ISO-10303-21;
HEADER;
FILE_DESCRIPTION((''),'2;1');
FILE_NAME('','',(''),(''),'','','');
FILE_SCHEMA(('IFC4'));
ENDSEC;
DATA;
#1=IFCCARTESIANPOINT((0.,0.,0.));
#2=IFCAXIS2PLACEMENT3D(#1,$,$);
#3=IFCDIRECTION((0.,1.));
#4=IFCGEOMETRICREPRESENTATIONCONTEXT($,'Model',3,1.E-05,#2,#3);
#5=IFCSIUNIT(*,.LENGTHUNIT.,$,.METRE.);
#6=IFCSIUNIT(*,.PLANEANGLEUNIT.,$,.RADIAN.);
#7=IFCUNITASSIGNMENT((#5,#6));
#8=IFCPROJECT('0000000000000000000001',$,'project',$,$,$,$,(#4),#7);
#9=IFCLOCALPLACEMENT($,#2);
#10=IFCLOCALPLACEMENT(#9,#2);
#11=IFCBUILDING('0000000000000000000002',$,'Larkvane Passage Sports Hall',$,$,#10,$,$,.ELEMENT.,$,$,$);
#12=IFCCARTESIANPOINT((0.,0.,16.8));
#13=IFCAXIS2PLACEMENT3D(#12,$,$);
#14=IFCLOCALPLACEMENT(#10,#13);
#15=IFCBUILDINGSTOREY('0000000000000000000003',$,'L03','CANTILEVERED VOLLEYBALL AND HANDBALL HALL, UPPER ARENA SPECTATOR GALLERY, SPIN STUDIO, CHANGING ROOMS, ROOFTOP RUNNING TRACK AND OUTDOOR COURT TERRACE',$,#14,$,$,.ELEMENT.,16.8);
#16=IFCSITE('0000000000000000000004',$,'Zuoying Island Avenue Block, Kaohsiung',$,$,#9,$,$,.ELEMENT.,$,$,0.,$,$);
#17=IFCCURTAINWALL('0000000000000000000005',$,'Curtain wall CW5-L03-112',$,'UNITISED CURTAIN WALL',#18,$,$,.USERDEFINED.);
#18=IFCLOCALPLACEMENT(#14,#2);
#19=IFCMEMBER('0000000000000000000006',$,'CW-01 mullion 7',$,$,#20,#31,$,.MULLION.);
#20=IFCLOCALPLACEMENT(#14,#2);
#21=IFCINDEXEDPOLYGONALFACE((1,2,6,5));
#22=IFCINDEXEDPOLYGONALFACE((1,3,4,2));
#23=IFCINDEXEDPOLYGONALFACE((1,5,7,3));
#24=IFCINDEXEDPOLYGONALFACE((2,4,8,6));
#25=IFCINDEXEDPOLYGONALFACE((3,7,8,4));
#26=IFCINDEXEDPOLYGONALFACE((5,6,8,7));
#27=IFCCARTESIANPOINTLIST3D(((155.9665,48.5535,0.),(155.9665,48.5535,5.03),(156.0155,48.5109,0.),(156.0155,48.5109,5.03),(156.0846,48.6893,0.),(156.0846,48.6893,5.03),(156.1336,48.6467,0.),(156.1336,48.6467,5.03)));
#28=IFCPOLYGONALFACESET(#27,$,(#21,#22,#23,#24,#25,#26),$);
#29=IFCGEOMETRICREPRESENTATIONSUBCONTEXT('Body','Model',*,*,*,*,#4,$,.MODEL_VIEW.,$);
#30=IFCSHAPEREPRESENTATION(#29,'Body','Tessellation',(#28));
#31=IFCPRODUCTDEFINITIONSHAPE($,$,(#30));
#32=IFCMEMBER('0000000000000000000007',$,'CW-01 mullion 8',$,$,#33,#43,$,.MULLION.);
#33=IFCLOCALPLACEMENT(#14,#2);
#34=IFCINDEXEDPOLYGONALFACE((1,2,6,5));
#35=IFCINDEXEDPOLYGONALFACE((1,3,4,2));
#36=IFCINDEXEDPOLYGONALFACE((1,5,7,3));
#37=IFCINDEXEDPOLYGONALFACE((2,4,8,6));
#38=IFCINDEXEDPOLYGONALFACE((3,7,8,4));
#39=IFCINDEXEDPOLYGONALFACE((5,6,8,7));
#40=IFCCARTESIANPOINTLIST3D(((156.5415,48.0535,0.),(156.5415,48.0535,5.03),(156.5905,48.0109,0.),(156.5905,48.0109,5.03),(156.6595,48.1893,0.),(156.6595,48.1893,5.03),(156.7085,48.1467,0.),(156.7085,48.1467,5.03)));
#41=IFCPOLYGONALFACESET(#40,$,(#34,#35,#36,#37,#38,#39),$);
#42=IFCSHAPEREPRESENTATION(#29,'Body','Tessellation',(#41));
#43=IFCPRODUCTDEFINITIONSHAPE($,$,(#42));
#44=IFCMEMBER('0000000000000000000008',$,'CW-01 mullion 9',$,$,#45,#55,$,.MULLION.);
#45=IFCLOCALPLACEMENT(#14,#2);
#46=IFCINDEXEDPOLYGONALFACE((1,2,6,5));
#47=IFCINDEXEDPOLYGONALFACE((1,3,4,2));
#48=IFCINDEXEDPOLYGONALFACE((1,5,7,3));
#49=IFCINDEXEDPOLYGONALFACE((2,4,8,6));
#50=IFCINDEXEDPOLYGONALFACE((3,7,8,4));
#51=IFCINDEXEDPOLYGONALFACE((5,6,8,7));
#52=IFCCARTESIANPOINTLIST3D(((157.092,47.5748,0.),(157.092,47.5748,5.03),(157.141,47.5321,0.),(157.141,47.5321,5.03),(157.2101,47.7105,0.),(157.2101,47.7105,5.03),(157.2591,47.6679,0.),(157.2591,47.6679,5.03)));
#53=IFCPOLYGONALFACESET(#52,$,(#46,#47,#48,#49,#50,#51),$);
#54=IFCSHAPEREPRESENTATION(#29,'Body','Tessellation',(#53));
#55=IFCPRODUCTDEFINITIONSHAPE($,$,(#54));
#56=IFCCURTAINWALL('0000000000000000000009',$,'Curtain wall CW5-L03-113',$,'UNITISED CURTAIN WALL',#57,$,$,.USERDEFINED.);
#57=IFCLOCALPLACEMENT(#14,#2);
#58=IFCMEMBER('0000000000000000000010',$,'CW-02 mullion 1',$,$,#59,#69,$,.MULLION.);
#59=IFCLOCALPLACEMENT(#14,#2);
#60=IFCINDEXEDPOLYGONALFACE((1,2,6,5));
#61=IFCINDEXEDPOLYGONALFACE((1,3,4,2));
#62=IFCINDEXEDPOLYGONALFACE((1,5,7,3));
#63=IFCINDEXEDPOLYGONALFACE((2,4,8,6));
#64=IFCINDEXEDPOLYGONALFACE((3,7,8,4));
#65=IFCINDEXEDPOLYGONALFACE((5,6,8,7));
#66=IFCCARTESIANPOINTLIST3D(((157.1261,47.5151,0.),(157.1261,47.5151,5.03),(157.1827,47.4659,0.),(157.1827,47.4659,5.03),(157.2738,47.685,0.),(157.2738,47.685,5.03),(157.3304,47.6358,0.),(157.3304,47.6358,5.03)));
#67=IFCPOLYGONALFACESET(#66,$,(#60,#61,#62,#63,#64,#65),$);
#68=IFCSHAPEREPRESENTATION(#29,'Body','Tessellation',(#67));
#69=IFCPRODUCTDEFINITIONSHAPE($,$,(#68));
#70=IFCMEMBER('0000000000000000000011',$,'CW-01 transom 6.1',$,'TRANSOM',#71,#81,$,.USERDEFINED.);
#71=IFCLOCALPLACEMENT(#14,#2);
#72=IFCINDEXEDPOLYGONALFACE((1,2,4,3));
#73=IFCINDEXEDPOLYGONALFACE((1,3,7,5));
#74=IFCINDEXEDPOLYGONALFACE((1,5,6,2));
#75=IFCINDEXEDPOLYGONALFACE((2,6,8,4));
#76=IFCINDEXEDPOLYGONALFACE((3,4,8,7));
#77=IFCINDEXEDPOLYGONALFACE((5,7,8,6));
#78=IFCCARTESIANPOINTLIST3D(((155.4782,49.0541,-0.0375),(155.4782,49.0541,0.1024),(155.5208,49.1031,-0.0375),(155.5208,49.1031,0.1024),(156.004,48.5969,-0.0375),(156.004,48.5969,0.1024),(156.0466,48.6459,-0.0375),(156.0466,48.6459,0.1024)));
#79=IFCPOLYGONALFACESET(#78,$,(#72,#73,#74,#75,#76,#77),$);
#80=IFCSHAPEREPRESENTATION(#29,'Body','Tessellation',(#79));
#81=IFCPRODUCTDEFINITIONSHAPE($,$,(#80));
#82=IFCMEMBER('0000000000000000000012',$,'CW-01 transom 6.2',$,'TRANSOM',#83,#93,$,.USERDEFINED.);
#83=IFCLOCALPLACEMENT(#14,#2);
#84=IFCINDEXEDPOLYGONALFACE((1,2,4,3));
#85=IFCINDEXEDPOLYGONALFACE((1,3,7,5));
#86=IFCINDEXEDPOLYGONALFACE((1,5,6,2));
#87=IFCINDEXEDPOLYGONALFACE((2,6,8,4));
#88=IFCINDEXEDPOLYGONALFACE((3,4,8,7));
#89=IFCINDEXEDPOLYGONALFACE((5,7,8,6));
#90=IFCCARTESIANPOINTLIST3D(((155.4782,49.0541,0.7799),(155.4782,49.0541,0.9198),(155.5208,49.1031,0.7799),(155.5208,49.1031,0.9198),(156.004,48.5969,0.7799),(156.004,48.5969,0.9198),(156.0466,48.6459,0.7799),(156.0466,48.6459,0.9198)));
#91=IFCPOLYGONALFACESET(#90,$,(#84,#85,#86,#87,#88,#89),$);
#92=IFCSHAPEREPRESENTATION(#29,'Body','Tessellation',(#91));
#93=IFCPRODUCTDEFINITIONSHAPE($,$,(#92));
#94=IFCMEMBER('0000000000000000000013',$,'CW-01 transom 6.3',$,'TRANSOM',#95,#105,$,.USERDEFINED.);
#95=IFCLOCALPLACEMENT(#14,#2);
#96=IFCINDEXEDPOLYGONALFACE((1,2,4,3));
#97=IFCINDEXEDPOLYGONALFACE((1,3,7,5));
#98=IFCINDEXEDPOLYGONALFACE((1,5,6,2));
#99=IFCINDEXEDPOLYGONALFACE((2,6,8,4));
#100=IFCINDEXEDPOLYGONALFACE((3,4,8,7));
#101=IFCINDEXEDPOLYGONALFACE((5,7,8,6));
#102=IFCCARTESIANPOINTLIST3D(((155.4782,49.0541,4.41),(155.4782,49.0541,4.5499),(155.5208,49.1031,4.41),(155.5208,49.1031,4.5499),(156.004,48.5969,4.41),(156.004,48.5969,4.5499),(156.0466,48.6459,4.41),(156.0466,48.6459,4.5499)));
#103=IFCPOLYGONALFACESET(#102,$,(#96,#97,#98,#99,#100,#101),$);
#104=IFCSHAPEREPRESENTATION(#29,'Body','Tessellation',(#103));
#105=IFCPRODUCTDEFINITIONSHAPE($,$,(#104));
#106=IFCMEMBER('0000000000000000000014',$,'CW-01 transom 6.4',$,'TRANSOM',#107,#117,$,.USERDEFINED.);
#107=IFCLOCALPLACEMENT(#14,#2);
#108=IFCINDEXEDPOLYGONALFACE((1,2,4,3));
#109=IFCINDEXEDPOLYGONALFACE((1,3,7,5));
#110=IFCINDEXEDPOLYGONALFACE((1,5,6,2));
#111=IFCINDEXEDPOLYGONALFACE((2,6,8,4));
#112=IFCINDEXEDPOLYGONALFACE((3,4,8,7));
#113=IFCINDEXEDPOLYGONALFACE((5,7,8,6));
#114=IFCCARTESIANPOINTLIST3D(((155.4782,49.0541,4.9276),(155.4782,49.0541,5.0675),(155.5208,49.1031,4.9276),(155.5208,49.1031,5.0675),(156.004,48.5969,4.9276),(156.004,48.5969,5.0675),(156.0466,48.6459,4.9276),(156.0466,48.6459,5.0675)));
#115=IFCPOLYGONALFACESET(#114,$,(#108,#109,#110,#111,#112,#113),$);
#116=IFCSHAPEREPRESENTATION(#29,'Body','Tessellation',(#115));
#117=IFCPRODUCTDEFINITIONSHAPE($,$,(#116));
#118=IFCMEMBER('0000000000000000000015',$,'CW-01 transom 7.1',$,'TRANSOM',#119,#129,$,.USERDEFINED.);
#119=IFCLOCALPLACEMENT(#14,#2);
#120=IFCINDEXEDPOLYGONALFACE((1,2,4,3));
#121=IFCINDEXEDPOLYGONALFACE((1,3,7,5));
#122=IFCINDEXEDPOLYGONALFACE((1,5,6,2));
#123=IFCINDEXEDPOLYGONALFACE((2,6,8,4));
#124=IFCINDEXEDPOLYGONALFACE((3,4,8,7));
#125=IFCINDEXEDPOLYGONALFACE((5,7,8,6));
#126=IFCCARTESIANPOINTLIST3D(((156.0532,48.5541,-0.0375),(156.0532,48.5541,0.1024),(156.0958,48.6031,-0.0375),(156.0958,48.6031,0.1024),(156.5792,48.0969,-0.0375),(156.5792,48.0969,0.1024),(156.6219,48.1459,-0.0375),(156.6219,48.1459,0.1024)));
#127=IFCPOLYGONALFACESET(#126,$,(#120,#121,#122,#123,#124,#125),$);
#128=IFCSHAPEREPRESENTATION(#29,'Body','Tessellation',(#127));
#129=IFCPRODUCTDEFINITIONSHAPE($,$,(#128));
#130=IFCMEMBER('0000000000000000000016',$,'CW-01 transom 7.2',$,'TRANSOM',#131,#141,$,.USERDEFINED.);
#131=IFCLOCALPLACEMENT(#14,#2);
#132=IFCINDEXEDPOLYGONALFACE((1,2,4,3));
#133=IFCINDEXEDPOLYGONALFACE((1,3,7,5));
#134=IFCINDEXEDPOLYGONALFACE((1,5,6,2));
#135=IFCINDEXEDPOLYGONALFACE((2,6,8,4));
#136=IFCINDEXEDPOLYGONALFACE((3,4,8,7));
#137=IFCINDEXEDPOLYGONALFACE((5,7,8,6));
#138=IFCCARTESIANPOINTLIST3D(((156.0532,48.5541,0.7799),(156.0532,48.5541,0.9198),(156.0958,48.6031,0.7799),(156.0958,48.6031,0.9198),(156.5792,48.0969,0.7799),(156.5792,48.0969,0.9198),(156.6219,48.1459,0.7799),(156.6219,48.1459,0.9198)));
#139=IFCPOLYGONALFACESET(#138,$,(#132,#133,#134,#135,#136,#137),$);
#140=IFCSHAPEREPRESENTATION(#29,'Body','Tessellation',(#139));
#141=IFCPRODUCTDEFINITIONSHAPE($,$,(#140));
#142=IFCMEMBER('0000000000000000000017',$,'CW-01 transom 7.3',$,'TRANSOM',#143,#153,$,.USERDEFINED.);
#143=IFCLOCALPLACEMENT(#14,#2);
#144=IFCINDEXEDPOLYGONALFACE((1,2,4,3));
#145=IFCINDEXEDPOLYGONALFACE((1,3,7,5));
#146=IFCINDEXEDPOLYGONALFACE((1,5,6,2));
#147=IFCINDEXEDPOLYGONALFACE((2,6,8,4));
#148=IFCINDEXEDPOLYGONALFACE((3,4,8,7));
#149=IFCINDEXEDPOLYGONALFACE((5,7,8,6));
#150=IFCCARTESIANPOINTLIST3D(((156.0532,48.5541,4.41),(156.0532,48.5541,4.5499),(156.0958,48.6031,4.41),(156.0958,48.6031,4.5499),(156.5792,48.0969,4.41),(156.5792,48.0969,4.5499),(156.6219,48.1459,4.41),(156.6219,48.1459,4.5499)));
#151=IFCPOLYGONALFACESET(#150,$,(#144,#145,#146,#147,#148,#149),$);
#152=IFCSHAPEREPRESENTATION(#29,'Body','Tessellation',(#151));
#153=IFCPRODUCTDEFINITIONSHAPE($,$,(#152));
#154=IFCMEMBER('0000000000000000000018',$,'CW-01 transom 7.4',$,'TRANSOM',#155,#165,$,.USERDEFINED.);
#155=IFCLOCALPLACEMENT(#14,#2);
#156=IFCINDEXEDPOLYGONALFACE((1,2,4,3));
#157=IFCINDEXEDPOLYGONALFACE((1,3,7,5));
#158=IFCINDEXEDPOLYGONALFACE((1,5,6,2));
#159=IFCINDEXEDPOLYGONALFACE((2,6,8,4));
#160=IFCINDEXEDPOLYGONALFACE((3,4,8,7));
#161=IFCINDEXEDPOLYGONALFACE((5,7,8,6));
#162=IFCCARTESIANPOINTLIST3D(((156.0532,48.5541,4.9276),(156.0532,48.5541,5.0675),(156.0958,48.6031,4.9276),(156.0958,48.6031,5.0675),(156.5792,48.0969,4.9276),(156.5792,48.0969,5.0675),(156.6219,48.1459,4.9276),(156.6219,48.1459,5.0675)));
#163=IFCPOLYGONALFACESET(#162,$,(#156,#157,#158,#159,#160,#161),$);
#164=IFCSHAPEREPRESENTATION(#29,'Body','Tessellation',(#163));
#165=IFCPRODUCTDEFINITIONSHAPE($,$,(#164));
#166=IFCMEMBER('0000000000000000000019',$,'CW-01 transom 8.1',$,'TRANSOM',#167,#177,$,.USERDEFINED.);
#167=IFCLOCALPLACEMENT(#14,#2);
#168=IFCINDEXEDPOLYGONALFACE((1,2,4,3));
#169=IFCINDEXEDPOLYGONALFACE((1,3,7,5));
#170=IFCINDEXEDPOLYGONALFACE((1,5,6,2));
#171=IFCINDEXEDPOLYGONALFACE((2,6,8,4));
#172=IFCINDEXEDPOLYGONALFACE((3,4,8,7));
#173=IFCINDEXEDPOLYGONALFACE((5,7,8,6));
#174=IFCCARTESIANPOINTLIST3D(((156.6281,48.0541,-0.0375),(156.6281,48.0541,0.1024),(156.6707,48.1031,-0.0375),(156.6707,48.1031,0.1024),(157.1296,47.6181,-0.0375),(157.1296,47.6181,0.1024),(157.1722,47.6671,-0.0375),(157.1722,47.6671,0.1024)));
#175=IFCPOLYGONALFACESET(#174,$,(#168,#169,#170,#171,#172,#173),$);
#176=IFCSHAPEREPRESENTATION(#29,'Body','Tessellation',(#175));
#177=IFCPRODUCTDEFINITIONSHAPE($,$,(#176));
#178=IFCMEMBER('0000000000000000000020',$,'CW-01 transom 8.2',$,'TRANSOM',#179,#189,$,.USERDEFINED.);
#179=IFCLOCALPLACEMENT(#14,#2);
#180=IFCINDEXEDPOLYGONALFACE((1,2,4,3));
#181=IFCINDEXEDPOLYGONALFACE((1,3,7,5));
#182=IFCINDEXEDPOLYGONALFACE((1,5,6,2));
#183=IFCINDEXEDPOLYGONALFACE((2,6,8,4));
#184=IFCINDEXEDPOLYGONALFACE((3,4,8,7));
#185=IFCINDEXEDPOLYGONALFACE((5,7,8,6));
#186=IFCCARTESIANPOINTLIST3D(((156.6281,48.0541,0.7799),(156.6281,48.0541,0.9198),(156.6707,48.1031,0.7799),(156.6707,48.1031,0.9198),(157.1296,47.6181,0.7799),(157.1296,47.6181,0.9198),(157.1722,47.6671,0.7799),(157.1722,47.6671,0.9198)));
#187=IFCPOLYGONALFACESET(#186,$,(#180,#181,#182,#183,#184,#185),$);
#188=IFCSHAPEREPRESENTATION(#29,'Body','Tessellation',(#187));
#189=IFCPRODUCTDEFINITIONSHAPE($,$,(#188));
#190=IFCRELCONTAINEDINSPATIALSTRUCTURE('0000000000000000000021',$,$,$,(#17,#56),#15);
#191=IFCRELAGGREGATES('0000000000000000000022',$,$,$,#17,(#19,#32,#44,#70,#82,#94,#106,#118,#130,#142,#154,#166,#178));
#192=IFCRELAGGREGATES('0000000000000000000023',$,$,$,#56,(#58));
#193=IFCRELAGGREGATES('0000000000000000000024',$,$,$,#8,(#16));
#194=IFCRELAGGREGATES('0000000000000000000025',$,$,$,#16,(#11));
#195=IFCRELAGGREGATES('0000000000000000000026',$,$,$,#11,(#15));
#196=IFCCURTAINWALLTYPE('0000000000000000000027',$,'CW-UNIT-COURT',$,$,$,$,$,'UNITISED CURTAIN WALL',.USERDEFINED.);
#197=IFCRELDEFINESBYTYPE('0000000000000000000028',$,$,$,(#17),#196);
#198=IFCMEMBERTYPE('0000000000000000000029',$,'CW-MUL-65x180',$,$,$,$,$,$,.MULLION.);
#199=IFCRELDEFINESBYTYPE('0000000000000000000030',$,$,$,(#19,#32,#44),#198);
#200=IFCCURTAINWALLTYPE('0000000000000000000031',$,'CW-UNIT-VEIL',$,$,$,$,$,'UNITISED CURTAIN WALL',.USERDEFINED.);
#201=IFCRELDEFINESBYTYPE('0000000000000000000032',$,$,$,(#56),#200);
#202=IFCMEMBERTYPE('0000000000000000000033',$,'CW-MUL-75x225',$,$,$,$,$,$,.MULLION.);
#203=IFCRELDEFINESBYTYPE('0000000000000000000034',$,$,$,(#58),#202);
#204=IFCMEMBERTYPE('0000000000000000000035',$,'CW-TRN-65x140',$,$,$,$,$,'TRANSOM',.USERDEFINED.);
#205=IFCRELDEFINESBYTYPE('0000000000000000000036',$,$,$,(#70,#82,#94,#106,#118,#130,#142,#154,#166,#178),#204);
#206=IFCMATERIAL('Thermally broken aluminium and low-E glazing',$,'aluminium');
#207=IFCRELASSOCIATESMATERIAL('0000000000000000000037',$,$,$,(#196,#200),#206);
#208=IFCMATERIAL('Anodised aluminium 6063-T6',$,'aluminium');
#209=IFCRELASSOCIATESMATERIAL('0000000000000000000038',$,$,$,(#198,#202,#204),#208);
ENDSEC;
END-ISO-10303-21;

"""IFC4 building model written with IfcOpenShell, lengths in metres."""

from ifc_helpers import new_model, si_unit, direction, frame, origin, origin_2d, place, context, subcontext, project, spatial, rectangle, extrude, material, material_profile, profile_set, type_object, element, aggregate, save


model = new_model("IFC4")

# Units and contexts
model_context = context("Model", 3, precision=1e-05, world=origin(), true_north=direction((0.0, 1.0)))
body_context = subcontext(model_context, "Body", "Model", "MODEL_VIEW")
ifc_project = project(units=[si_unit("LENGTHUNIT", "METRE"), si_unit("PLANEANGLEUNIT", "RADIAN")], contexts=[model_context])

# Site, building, storey
site_placement = place(None, origin())
site = spatial("IfcSite", under=ifc_project, at=site_placement, Name="Zuoying Island Avenue Block, Kaohsiung", CompositionType="ELEMENT", RefElevation=0.0)
building_placement = place(site_placement, origin())
building = spatial("IfcBuilding", under=site, at=building_placement, Name="Larkvane Passage Sports Hall", CompositionType="ELEMENT")
storey_placement = place(building_placement, frame((0.0, 0.0, 16.8)))
storey = spatial("IfcBuildingStorey", under=building, at=storey_placement, Name="L03", Description="CANTILEVERED VOLLEYBALL AND HANDBALL HALL, UPPER ARENA SPECTATOR GALLERY, SPIN STUDIO, CHANGING ROOMS, ROOFTOP RUNNING TRACK AND OUTDOOR COURT TERRACE", CompositionType="ELEMENT", Elevation=16.8)

# Curtain wall, members
ifc_material_1 = material(Name="Thermally broken aluminium and low-E glazing", Category="aluminium")
curtain_wall_type_1 = type_object("IfcCurtainWallType", Name="CW-UNIT-COURT", ElementType="UNITISED CURTAIN WALL", PredefinedType="USERDEFINED", material=ifc_material_1)
curtain_wall_1_placement = place(storey_placement, origin())
curtain_wall_1 = element("IfcCurtainWall", 1, at=curtain_wall_1_placement, inside=storey, type_object=curtain_wall_type_1, Name="Curtain wall CW5-L03-112", ObjectType="UNITISED CURTAIN WALL", PredefinedType="USERDEFINED")
ifc_material_2 = material(Name="Anodised aluminium 6063-T6", Category="aluminium")
ifc_material_profile_1 = material_profile(ifc_material_2, rectangle(XDim=0.0649, YDim=0.1799, at=origin_2d()), Name="ALU-MUL-65x180")
ifc_profile_set_1 = profile_set([ifc_material_profile_1], Name="Anodised aluminium 6063-T6")
member_type_1 = type_object("IfcMemberType", Name="CW-MUL-65x180", PredefinedType="MULLION", material=ifc_profile_set_1)
member_1_placement = place(storey_placement, frame((156.05, 48.6001, 0.0), z_axis=(0.0, 0.0, 1.0), x_axis=(0.754606, -0.656179, 0.0)))
member_1 = element("IfcMember", 2, at=member_1_placement, type_object=member_type_1, Name="CW-01 mullion 7", PredefinedType="MULLION", context=body_context, shape_type="SweptSolid", body=[
    extrude(rectangle(XDim=0.0649, YDim=0.1799, at=origin_2d()), origin(), (0.0, 0.0, 1.0), 5.03),
])
member_2_placement = place(storey_placement, frame((156.625, 48.1001, 0.0), z_axis=(0.0, 0.0, 1.0), x_axis=(0.754606, -0.656179, 0.0)))
member_2 = element("IfcMember", 3, at=member_2_placement, type_object=member_type_1, Name="CW-01 mullion 8", PredefinedType="MULLION", context=body_context, shape_type="SweptSolid", body=[
    extrude(rectangle(XDim=0.0649, YDim=0.1799, at=origin_2d()), origin(), (0.0, 0.0, 1.0), 5.03),
])
member_3_placement = place(storey_placement, frame((157.1755, 47.6213, 0.0), z_axis=(0.0, 0.0, 1.0), x_axis=(0.754606, -0.656179, 0.0)))
member_3 = element("IfcMember", 4, at=member_3_placement, type_object=member_type_1, Name="CW-01 mullion 9", PredefinedType="MULLION", context=body_context, shape_type="SweptSolid", body=[
    extrude(rectangle(XDim=0.0649, YDim=0.1799, at=origin_2d()), origin(), (0.0, 0.0, 1.0), 5.03),
])

# Curtain wall, member
curtain_wall_type_2 = type_object("IfcCurtainWallType", Name="CW-UNIT-VEIL", ElementType="UNITISED CURTAIN WALL", PredefinedType="USERDEFINED", material=ifc_material_1)
curtain_wall_2_placement = place(storey_placement, origin())
curtain_wall_2 = element("IfcCurtainWall", 5, at=curtain_wall_2_placement, inside=storey, type_object=curtain_wall_type_2, Name="Curtain wall CW5-L03-113", ObjectType="UNITISED CURTAIN WALL", PredefinedType="USERDEFINED")
ifc_material_profile_2 = material_profile(ifc_material_2, rectangle(XDim=0.075, YDim=0.2251, at=origin_2d()), Name="ALU-MUL-75x225")
ifc_profile_set_2 = profile_set([ifc_material_profile_2], Name="Anodised aluminium 6063-T6")
member_type_2 = type_object("IfcMemberType", Name="CW-MUL-75x225", PredefinedType="MULLION", material=ifc_profile_set_2)
member_4_placement = place(storey_placement, frame((157.2283, 47.5754, 0.0), z_axis=(0.0, 0.0, 1.0), x_axis=(0.754606, -0.656179, 0.0)))
member_4 = element("IfcMember", 6, at=member_4_placement, type_object=member_type_2, Name="CW-02 mullion 1", PredefinedType="MULLION", context=body_context, shape_type="SweptSolid", body=[
    extrude(rectangle(XDim=0.075, YDim=0.2251, at=origin_2d()), origin(), (0.0, 0.0, 1.0), 5.03),
])

# Members
ifc_material_profile_3 = material_profile(ifc_material_2, rectangle(XDim=0.0649, YDim=0.1399, at=origin_2d()), Name="ALU-TRN-65x140")
ifc_profile_set_3 = profile_set([ifc_material_profile_3], Name="Anodised aluminium 6063-T6")
member_type_3 = type_object("IfcMemberType", Name="CW-TRN-65x140", ElementType="TRANSOM", PredefinedType="USERDEFINED", material=ifc_profile_set_3)
member_5_placement = place(storey_placement, frame((155.4995, 49.0786, 0.0325), z_axis=(0.754613, -0.65617, 0.0), x_axis=(0.65617, 0.754613, 0.0)))
member_5 = element("IfcMember", 7, at=member_5_placement, type_object=member_type_3, Name="CW-01 transom 6.1", ObjectType="TRANSOM", PredefinedType="USERDEFINED", context=body_context, shape_type="SweptSolid", body=[
    extrude(rectangle(XDim=0.0649, YDim=0.1399, at=origin_2d()), origin(), (0.0, 0.0, 1.0), 0.6968),
])
member_6_placement = place(storey_placement, frame((155.4995, 49.0786, 0.8499), z_axis=(0.754613, -0.65617, 0.0), x_axis=(0.65617, 0.754613, 0.0)))
member_6 = element("IfcMember", 8, at=member_6_placement, type_object=member_type_3, Name="CW-01 transom 6.2", ObjectType="TRANSOM", PredefinedType="USERDEFINED", context=body_context, shape_type="SweptSolid", body=[
    extrude(rectangle(XDim=0.0649, YDim=0.1399, at=origin_2d()), origin(), (0.0, 0.0, 1.0), 0.6968),
])
member_7_placement = place(storey_placement, frame((155.4995, 49.0786, 4.48), z_axis=(0.754613, -0.65617, 0.0), x_axis=(0.65617, 0.754613, 0.0)))
member_7 = element("IfcMember", 9, at=member_7_placement, type_object=member_type_3, Name="CW-01 transom 6.3", ObjectType="TRANSOM", PredefinedType="USERDEFINED", context=body_context, shape_type="SweptSolid", body=[
    extrude(rectangle(XDim=0.0649, YDim=0.1399, at=origin_2d()), origin(), (0.0, 0.0, 1.0), 0.6968),
])
member_8_placement = place(storey_placement, frame((155.4995, 49.0786, 4.9976), z_axis=(0.754613, -0.65617, 0.0), x_axis=(0.65617, 0.754613, 0.0)))
member_8 = element("IfcMember", 10, at=member_8_placement, type_object=member_type_3, Name="CW-01 transom 6.4", ObjectType="TRANSOM", PredefinedType="USERDEFINED", context=body_context, shape_type="SweptSolid", body=[
    extrude(rectangle(XDim=0.0649, YDim=0.1399, at=origin_2d()), origin(), (0.0, 0.0, 1.0), 0.6968),
])
member_9_placement = place(storey_placement, frame((156.0745, 48.5786, 0.0325), z_axis=(0.754764, -0.655997, 0.0), x_axis=(0.655997, 0.754764, 0.0)))
member_9 = element("IfcMember", 11, at=member_9_placement, type_object=member_type_3, Name="CW-01 transom 7.1", ObjectType="TRANSOM", PredefinedType="USERDEFINED", context=body_context, shape_type="SweptSolid", body=[
    extrude(rectangle(XDim=0.0649, YDim=0.1399, at=origin_2d()), origin(), (0.0, 0.0, 1.0), 0.697),
])
member_10_placement = place(storey_placement, frame((156.0745, 48.5786, 0.8499), z_axis=(0.754764, -0.655997, 0.0), x_axis=(0.655997, 0.754764, 0.0)))
member_10 = element("IfcMember", 12, at=member_10_placement, type_object=member_type_3, Name="CW-01 transom 7.2", ObjectType="TRANSOM", PredefinedType="USERDEFINED", context=body_context, shape_type="SweptSolid", body=[
    extrude(rectangle(XDim=0.0649, YDim=0.1399, at=origin_2d()), origin(), (0.0, 0.0, 1.0), 0.697),
])
member_11_placement = place(storey_placement, frame((156.0745, 48.5786, 4.48), z_axis=(0.754764, -0.655997, 0.0), x_axis=(0.655997, 0.754764, 0.0)))
member_11 = element("IfcMember", 13, at=member_11_placement, type_object=member_type_3, Name="CW-01 transom 7.3", ObjectType="TRANSOM", PredefinedType="USERDEFINED", context=body_context, shape_type="SweptSolid", body=[
    extrude(rectangle(XDim=0.0649, YDim=0.1399, at=origin_2d()), origin(), (0.0, 0.0, 1.0), 0.697),
])
member_12_placement = place(storey_placement, frame((156.0745, 48.5786, 4.9976), z_axis=(0.754764, -0.655997, 0.0), x_axis=(0.655997, 0.754764, 0.0)))
member_12 = element("IfcMember", 14, at=member_12_placement, type_object=member_type_3, Name="CW-01 transom 7.4", ObjectType="TRANSOM", PredefinedType="USERDEFINED", context=body_context, shape_type="SweptSolid", body=[
    extrude(rectangle(XDim=0.0649, YDim=0.1399, at=origin_2d()), origin(), (0.0, 0.0, 1.0), 0.697),
])
member_13_placement = place(storey_placement, frame((156.6494, 48.0786, 0.0325), z_axis=(0.754621, -0.656161, 0.0), x_axis=(0.656161, 0.754621, 0.0)))
member_13 = element("IfcMember", 15, at=member_13_placement, type_object=member_type_3, Name="CW-01 transom 8.1", ObjectType="TRANSOM", PredefinedType="USERDEFINED", context=body_context, shape_type="SweptSolid", body=[
    extrude(rectangle(XDim=0.0649, YDim=0.1399, at=origin_2d()), origin(), (0.0, 0.0, 1.0), 0.6646),
])
member_14_placement = place(storey_placement, frame((156.6494, 48.0786, 0.8499), z_axis=(0.754621, -0.656161, 0.0), x_axis=(0.656161, 0.754621, 0.0)))
member_14 = element("IfcMember", 16, at=member_14_placement, type_object=member_type_3, Name="CW-01 transom 8.2", ObjectType="TRANSOM", PredefinedType="USERDEFINED", context=body_context, shape_type="SweptSolid", body=[
    extrude(rectangle(XDim=0.0649, YDim=0.1399, at=origin_2d()), origin(), (0.0, 0.0, 1.0), 0.6646),
])

aggregate(curtain_wall_1, [member_1, member_2, member_3, member_5, member_6, member_7, member_8, member_9, member_10, member_11, member_12, member_13, member_14])
aggregate(curtain_wall_2, [member_4])

save(model, "model.ifc")
